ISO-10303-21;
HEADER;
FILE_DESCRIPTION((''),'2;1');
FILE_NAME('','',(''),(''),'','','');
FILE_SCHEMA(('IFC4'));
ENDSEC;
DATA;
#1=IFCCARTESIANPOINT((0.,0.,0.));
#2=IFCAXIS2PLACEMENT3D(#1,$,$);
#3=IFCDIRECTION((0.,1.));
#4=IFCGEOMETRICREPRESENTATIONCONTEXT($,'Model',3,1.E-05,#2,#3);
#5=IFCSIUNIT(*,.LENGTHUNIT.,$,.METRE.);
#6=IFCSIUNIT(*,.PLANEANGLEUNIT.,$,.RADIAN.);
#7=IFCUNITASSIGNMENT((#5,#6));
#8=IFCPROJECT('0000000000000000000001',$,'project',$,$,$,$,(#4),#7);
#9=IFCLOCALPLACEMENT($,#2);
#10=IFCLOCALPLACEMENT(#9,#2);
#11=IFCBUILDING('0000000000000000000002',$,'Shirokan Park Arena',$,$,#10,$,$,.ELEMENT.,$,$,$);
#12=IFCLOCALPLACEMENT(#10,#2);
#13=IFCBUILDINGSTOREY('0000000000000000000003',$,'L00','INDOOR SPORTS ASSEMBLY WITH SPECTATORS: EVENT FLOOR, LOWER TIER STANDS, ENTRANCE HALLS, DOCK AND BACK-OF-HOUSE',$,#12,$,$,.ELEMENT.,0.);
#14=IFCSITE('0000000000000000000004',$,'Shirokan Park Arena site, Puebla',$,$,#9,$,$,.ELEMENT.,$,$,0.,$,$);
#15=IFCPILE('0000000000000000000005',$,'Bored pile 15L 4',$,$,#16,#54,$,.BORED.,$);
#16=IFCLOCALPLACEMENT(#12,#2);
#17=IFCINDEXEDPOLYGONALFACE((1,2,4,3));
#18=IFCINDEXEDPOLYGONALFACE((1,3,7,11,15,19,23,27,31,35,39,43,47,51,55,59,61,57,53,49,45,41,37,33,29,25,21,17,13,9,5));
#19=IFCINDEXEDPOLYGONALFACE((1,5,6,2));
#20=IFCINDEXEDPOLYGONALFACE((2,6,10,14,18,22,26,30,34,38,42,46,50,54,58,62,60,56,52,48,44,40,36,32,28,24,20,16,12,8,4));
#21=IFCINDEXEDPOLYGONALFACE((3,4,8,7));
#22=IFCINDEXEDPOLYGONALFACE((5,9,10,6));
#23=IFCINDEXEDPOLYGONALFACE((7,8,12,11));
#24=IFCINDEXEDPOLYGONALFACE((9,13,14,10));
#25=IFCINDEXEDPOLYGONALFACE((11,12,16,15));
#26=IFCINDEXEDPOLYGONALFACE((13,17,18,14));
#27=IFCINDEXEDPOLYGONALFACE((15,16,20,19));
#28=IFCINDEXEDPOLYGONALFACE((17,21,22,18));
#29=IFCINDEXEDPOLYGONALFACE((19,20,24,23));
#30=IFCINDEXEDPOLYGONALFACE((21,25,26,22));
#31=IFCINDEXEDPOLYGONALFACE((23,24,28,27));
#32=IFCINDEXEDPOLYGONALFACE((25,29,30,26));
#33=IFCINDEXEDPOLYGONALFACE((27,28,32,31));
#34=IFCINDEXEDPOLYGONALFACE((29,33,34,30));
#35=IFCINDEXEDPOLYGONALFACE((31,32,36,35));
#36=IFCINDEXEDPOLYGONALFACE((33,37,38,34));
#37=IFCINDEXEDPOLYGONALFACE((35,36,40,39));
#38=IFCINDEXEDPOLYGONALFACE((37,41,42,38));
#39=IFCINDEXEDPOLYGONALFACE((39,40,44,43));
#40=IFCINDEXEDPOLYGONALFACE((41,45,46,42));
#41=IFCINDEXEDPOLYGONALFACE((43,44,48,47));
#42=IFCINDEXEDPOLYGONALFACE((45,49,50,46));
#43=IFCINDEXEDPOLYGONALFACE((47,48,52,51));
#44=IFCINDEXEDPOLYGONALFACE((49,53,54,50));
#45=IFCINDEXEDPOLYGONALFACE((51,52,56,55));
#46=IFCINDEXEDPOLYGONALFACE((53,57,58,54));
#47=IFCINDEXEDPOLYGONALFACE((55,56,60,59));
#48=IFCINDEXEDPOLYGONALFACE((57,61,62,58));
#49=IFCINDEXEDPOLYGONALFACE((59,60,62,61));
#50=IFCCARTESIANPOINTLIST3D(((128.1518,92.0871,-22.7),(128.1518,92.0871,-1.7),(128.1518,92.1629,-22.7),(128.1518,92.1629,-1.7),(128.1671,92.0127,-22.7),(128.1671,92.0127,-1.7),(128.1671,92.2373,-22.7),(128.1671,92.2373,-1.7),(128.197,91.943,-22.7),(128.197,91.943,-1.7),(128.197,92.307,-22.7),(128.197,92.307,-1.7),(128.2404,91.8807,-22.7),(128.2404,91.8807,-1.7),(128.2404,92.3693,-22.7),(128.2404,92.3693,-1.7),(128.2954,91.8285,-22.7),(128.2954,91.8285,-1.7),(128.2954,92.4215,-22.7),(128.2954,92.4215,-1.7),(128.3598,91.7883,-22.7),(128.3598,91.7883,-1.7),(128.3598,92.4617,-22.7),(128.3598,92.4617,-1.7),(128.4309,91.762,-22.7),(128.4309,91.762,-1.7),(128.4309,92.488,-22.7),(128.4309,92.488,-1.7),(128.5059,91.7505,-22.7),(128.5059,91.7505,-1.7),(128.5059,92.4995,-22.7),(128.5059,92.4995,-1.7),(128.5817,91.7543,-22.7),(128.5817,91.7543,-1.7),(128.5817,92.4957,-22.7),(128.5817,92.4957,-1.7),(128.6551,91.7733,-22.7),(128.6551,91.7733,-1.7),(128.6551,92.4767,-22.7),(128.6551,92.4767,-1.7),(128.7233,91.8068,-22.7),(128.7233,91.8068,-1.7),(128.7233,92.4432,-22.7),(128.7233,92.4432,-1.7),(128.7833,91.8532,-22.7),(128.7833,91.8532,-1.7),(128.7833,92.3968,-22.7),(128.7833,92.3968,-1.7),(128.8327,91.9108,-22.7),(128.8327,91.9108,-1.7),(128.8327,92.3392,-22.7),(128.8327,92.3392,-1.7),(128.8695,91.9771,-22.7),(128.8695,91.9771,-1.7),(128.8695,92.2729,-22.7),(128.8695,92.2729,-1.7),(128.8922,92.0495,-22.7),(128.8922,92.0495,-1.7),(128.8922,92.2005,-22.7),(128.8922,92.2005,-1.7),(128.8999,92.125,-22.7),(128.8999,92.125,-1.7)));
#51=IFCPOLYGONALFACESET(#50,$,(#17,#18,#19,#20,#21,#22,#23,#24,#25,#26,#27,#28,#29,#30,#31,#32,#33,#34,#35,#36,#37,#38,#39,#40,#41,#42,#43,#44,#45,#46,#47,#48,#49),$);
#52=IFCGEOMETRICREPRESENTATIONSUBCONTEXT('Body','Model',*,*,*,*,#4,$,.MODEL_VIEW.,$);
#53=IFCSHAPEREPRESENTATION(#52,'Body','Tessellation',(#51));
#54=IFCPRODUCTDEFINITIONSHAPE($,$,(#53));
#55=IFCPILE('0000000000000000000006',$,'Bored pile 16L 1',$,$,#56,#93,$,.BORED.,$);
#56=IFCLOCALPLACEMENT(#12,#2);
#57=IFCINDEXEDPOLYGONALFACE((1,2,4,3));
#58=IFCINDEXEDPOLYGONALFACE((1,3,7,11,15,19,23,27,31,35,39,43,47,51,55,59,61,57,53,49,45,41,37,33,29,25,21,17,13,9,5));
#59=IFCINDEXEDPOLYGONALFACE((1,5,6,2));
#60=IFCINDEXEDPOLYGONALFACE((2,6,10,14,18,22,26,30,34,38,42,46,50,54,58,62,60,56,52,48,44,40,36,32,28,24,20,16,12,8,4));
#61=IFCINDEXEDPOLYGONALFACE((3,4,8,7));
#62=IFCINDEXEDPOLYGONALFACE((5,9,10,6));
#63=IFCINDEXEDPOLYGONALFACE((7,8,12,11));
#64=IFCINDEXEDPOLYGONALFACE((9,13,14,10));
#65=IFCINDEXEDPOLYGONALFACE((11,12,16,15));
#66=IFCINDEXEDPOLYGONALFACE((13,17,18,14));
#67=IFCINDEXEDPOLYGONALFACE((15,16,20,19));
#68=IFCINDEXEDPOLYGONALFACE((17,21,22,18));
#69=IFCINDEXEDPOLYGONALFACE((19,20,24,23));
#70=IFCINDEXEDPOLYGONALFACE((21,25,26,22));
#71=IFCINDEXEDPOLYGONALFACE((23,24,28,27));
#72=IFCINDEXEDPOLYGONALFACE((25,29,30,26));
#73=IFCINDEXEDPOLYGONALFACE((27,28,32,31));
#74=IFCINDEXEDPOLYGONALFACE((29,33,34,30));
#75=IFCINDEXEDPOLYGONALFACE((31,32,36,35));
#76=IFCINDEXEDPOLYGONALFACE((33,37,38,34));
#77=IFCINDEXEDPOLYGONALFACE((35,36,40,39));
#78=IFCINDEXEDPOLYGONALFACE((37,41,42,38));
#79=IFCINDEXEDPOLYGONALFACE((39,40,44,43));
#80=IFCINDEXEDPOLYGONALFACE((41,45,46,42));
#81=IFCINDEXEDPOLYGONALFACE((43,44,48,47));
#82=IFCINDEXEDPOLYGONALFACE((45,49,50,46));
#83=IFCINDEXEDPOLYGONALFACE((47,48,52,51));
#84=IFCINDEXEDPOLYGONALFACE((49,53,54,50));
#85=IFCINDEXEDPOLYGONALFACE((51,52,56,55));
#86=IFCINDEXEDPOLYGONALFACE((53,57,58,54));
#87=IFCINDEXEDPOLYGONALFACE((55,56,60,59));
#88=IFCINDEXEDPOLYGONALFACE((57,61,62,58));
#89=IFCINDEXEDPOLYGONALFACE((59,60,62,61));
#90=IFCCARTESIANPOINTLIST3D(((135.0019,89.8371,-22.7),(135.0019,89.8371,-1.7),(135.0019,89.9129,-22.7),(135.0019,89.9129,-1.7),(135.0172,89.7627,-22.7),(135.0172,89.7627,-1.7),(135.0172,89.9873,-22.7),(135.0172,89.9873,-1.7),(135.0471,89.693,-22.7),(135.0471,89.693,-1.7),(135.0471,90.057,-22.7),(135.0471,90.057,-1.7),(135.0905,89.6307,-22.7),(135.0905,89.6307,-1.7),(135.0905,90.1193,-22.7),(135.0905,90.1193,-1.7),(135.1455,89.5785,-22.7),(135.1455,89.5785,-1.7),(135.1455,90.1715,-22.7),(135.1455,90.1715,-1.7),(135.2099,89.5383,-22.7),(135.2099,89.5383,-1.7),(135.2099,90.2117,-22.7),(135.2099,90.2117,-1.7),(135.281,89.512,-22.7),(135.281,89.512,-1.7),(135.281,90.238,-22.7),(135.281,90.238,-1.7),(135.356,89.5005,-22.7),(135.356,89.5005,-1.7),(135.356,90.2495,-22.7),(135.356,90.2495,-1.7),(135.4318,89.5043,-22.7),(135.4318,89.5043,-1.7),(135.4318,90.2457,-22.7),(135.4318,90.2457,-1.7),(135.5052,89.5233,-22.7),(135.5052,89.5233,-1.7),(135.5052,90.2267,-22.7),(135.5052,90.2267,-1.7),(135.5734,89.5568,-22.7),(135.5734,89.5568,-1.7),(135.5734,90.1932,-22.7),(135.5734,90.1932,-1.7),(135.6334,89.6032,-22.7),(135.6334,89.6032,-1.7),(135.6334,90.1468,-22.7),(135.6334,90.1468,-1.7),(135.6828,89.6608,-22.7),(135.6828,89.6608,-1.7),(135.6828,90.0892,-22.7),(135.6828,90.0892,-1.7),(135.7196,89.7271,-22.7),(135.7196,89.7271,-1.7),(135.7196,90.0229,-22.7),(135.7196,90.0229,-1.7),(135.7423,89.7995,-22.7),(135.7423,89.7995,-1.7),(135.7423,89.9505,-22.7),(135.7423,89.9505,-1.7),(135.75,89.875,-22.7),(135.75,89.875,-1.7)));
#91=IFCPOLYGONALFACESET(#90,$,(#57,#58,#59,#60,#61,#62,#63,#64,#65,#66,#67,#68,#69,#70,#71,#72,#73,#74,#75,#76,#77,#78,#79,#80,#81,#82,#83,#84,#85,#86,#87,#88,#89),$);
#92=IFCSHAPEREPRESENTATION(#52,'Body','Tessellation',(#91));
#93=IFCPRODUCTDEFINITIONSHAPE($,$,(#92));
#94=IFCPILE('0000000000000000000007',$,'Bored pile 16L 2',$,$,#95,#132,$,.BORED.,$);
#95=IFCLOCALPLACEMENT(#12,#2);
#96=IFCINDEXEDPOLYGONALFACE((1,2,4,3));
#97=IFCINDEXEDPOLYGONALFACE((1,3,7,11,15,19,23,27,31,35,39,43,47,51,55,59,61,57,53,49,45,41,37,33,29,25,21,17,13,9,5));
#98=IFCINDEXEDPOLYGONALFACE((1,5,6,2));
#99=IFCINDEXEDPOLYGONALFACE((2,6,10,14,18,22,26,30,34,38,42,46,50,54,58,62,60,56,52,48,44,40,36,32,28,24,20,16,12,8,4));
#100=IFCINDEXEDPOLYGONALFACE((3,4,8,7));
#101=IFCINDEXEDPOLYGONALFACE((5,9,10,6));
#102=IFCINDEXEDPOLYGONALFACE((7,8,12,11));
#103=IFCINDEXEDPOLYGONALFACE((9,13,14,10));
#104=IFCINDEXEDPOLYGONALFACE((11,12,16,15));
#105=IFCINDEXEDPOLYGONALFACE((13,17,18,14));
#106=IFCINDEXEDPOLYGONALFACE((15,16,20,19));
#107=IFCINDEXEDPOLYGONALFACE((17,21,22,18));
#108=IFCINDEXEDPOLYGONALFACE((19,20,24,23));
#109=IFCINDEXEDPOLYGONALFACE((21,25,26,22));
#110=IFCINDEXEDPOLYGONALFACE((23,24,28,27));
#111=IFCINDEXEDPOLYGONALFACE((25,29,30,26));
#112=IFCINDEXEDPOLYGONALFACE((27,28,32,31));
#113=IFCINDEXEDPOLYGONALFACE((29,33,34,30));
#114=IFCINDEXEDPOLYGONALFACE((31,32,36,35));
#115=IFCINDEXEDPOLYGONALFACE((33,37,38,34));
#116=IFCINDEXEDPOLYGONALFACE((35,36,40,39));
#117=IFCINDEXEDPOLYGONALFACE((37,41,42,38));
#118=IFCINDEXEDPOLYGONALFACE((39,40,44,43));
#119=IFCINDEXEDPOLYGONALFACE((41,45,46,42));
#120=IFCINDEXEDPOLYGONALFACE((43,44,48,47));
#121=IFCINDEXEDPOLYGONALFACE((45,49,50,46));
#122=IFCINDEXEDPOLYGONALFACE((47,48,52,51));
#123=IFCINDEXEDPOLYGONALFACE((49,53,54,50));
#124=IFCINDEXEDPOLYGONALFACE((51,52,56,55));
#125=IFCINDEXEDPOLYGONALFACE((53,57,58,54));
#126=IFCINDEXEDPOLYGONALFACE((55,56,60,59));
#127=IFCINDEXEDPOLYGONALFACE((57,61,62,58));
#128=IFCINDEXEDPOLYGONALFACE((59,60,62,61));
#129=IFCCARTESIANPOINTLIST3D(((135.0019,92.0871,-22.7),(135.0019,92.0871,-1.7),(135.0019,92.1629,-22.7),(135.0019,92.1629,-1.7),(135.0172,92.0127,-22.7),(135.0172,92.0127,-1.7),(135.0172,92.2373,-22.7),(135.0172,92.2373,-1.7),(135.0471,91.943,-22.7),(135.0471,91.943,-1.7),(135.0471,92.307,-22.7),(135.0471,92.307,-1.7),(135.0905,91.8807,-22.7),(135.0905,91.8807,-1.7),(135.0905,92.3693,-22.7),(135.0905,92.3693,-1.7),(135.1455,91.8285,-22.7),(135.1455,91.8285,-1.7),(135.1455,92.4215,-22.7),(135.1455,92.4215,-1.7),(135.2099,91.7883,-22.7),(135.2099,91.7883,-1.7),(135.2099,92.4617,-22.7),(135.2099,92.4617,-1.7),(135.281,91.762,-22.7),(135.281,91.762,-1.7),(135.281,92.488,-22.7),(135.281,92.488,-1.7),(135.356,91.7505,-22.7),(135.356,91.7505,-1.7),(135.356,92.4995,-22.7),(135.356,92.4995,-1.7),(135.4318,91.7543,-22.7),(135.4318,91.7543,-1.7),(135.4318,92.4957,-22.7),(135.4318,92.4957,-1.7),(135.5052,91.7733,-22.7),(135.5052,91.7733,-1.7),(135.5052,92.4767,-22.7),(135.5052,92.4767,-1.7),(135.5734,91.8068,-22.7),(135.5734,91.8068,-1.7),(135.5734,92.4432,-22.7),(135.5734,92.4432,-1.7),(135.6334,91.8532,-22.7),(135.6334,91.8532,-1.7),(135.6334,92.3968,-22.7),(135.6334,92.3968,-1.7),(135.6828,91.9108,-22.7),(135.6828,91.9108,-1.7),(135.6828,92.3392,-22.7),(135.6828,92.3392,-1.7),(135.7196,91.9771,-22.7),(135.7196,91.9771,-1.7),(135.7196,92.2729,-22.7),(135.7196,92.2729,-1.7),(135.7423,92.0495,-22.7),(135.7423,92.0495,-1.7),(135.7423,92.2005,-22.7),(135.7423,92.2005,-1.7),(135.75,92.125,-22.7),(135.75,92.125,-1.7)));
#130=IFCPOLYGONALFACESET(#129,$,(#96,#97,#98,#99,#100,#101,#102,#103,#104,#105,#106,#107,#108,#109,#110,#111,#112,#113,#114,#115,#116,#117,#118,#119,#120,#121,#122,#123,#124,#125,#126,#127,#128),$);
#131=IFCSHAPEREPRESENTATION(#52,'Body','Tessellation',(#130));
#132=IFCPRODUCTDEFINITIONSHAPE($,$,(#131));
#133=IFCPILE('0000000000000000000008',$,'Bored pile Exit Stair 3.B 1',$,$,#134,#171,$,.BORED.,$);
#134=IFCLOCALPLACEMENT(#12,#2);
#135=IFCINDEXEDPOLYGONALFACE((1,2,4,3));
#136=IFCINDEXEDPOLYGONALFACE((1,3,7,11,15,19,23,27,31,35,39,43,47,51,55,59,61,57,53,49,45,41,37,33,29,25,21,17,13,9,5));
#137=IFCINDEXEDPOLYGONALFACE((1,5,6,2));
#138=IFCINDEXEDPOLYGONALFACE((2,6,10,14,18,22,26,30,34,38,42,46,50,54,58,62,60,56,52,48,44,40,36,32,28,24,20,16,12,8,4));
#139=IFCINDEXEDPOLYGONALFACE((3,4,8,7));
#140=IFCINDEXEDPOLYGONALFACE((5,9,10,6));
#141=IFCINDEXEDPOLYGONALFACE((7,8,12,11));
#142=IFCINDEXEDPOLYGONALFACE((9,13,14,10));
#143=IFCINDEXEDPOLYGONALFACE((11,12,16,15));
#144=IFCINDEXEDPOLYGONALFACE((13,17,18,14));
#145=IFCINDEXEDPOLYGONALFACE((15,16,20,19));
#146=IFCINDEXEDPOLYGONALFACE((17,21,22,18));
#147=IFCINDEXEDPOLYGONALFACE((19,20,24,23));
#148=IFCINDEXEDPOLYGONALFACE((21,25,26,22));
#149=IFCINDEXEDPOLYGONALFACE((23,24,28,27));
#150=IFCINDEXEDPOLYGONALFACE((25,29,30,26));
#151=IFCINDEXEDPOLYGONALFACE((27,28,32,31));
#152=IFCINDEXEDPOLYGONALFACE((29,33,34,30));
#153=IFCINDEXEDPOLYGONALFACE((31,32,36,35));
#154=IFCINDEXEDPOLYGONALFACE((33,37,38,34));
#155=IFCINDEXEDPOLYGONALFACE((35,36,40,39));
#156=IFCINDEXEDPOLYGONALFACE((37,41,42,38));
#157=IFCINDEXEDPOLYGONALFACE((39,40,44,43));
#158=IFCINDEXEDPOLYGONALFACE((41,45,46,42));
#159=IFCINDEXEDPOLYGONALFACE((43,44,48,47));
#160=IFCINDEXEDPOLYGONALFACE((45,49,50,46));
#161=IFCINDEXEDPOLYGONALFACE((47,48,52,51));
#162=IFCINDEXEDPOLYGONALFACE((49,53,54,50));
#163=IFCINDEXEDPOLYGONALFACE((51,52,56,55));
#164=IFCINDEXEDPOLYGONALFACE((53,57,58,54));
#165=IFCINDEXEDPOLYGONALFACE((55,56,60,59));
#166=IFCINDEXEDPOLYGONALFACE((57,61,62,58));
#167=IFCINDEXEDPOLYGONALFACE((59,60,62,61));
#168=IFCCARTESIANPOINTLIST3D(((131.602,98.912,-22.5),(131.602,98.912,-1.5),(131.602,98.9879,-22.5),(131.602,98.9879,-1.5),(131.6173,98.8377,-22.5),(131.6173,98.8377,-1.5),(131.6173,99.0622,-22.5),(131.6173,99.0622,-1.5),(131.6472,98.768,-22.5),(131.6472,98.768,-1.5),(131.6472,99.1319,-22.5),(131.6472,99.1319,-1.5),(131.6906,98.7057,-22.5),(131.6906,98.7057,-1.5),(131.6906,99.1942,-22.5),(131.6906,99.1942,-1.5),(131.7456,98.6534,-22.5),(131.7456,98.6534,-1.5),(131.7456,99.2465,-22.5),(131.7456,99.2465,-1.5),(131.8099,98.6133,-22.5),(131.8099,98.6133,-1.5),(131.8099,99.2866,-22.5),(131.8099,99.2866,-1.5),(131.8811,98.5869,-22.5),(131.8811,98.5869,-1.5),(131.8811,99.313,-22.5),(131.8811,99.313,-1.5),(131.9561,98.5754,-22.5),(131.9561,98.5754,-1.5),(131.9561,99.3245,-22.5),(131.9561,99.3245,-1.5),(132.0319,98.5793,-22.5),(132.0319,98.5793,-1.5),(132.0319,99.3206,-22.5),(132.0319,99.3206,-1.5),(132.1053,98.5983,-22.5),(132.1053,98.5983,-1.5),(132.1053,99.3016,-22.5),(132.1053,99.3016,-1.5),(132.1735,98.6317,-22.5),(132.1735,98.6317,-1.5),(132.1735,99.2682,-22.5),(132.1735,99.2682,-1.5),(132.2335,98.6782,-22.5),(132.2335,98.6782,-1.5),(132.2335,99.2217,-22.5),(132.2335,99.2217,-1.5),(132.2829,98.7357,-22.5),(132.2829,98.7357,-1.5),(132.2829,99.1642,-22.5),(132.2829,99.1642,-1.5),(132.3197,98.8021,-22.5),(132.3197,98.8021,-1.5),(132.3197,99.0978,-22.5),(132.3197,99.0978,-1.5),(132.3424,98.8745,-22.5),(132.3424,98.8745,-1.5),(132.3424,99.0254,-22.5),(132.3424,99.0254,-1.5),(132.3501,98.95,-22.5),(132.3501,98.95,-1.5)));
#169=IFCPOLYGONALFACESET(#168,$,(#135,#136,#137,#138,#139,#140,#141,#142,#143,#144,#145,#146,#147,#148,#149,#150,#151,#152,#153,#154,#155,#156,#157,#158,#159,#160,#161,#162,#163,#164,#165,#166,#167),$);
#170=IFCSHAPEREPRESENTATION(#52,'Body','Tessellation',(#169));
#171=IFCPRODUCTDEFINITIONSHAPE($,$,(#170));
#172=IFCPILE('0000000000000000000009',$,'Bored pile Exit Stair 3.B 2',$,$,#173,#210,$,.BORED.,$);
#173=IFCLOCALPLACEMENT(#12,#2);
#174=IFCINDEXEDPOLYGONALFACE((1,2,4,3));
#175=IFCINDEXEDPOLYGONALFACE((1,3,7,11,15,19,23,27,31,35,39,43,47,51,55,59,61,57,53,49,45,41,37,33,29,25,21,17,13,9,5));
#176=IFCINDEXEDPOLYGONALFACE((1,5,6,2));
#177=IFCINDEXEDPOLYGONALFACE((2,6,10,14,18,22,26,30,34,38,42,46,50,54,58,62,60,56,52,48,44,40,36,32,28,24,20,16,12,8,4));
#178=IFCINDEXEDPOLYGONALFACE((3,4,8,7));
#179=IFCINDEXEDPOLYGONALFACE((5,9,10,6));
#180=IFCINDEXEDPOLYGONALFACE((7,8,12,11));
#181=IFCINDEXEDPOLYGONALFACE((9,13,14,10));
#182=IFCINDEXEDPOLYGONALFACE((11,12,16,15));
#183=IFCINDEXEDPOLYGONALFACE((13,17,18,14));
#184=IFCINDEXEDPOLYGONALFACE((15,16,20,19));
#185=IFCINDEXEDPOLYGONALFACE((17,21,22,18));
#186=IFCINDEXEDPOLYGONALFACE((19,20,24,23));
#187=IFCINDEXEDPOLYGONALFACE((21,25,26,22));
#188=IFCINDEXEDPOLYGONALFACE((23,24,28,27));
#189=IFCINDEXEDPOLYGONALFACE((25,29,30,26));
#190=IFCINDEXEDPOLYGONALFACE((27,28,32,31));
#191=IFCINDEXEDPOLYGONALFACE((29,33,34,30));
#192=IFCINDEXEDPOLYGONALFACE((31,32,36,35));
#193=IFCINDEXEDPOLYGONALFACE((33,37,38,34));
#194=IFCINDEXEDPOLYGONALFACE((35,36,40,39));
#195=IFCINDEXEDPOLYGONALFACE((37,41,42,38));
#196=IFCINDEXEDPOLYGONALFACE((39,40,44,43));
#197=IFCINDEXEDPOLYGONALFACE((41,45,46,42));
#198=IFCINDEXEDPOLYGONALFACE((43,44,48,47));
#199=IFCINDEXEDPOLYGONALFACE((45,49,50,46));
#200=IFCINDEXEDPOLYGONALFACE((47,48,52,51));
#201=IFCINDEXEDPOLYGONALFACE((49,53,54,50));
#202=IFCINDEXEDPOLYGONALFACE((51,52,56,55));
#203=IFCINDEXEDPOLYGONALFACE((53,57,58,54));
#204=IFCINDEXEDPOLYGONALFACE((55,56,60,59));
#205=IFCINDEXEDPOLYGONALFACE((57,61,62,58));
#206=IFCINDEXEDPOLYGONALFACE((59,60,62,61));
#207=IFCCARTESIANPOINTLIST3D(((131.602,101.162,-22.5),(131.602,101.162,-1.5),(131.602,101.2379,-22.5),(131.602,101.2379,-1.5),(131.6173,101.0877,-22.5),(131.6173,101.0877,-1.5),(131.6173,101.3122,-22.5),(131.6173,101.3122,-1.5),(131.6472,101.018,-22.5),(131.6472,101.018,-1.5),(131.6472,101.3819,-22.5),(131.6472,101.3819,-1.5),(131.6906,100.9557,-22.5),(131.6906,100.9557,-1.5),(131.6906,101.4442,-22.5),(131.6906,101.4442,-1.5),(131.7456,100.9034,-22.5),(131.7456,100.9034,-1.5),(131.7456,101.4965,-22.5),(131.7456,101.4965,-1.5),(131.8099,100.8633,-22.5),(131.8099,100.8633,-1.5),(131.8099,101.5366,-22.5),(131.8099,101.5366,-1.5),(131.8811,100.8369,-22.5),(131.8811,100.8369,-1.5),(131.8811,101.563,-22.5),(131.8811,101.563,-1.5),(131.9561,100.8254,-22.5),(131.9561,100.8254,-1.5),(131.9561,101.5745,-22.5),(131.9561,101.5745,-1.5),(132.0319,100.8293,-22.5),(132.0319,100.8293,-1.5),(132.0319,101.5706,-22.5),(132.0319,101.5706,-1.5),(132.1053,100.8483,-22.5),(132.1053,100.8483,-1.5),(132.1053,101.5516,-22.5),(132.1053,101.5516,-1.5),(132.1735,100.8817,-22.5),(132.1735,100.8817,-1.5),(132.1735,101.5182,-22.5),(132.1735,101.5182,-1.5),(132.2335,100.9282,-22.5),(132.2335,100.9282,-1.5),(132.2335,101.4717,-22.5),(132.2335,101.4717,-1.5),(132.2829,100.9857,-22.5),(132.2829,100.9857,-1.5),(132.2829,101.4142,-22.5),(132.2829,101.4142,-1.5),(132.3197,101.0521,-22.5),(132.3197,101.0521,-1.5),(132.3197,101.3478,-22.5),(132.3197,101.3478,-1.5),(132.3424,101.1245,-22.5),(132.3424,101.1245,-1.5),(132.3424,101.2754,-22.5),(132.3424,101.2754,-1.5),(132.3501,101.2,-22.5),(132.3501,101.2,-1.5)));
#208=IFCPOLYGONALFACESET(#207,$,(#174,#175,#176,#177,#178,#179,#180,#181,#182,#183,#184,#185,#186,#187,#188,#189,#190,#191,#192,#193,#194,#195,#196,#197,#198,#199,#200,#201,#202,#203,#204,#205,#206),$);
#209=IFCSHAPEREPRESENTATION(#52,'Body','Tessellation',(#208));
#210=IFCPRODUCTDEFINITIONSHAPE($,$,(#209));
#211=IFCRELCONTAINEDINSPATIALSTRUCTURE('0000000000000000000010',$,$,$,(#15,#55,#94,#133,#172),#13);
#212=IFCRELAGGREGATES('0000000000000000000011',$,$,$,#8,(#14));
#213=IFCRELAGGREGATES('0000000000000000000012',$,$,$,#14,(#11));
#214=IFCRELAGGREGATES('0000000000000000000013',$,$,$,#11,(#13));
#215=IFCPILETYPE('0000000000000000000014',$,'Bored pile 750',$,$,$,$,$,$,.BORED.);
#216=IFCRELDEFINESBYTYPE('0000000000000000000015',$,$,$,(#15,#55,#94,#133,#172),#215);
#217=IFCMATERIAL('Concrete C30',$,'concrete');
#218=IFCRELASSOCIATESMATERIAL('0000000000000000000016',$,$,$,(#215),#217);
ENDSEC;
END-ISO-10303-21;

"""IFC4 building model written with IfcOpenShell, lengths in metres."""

from ifc_helpers import new_model, si_unit, direction, frame, origin, origin_2d, place, context, subcontext, project, spatial, circle, extrude, material, material_profile, profile_set, type_object, element, save


model = new_model("IFC4")

# Units and contexts
model_context = context("Model", 3, precision=1e-05, world=origin(), true_north=direction((0.0, 1.0)))
body_context = subcontext(model_context, "Body", "Model", "MODEL_VIEW")
ifc_project = project(units=[si_unit("LENGTHUNIT", "METRE"), si_unit("PLANEANGLEUNIT", "RADIAN")], contexts=[model_context])

# Site, building, storey
site_placement = place(None, origin())
site = spatial("IfcSite", under=ifc_project, at=site_placement, Name="Shirokan Park Arena site, Puebla", CompositionType="ELEMENT", RefElevation=0.0)
building_placement = place(site_placement, origin())
building = spatial("IfcBuilding", under=site, at=building_placement, Name="Shirokan Park Arena", CompositionType="ELEMENT")
storey_placement = place(building_placement, origin())
storey = spatial("IfcBuildingStorey", under=building, at=storey_placement, Name="L00", Description="INDOOR SPORTS ASSEMBLY WITH SPECTATORS: EVENT FLOOR, LOWER TIER STANDS, ENTRANCE HALLS, DOCK AND BACK-OF-HOUSE", CompositionType="ELEMENT", Elevation=0.0)

# Piles
ifc_material_1 = material(Name="Concrete C30", Category="concrete")
ifc_material_profile_1 = material_profile(ifc_material_1, circle(Radius=0.375, at=origin_2d()), Name="D750")
ifc_profile_set_1 = profile_set([ifc_material_profile_1], Name="Concrete C30")
pile_type_1 = type_object("IfcPileType", Name="Bored pile 750", PredefinedType="BORED", material=ifc_profile_set_1)
for number, where, z_axis, x_axis, name in (
    (1, (128.5249, 92.125, -1.7), (0.0, 0.0, -1.0), (1.0, 0.0, 0.0), "Bored pile 15L 4"),
    (2, (135.375, 89.875, -1.7), (0.0, 0.0, -1.0), (1.0, 0.0, 0.0), "Bored pile 16L 1"),
    (3, (135.375, 92.125, -1.7), (0.0, 0.0, -1.0), (1.0, 0.0, 0.0), "Bored pile 16L 2"),
    (4, (131.9751, 98.95, -1.5), (0.0, 0.0, -1.0), (1.0, 0.0, 0.0), "Bored pile Exit Stair 3.B 1"),
    (5, (131.9751, 101.2, -1.5), (0.0, 0.0, -1.0), (1.0, 0.0, 0.0), "Bored pile Exit Stair 3.B 2"),
):
    element("IfcPile", number, at=place(storey_placement, frame(where, z_axis=z_axis, x_axis=x_axis)), inside=storey, type_object=pile_type_1, Name=name, PredefinedType="BORED", context=body_context, shape_type="SweptSolid", body=[
        extrude(circle(Radius=0.375, at=origin_2d()), origin(), (0.0, 0.0, 1.0), 21.0),
    ])

save(model, "model.ifc")
